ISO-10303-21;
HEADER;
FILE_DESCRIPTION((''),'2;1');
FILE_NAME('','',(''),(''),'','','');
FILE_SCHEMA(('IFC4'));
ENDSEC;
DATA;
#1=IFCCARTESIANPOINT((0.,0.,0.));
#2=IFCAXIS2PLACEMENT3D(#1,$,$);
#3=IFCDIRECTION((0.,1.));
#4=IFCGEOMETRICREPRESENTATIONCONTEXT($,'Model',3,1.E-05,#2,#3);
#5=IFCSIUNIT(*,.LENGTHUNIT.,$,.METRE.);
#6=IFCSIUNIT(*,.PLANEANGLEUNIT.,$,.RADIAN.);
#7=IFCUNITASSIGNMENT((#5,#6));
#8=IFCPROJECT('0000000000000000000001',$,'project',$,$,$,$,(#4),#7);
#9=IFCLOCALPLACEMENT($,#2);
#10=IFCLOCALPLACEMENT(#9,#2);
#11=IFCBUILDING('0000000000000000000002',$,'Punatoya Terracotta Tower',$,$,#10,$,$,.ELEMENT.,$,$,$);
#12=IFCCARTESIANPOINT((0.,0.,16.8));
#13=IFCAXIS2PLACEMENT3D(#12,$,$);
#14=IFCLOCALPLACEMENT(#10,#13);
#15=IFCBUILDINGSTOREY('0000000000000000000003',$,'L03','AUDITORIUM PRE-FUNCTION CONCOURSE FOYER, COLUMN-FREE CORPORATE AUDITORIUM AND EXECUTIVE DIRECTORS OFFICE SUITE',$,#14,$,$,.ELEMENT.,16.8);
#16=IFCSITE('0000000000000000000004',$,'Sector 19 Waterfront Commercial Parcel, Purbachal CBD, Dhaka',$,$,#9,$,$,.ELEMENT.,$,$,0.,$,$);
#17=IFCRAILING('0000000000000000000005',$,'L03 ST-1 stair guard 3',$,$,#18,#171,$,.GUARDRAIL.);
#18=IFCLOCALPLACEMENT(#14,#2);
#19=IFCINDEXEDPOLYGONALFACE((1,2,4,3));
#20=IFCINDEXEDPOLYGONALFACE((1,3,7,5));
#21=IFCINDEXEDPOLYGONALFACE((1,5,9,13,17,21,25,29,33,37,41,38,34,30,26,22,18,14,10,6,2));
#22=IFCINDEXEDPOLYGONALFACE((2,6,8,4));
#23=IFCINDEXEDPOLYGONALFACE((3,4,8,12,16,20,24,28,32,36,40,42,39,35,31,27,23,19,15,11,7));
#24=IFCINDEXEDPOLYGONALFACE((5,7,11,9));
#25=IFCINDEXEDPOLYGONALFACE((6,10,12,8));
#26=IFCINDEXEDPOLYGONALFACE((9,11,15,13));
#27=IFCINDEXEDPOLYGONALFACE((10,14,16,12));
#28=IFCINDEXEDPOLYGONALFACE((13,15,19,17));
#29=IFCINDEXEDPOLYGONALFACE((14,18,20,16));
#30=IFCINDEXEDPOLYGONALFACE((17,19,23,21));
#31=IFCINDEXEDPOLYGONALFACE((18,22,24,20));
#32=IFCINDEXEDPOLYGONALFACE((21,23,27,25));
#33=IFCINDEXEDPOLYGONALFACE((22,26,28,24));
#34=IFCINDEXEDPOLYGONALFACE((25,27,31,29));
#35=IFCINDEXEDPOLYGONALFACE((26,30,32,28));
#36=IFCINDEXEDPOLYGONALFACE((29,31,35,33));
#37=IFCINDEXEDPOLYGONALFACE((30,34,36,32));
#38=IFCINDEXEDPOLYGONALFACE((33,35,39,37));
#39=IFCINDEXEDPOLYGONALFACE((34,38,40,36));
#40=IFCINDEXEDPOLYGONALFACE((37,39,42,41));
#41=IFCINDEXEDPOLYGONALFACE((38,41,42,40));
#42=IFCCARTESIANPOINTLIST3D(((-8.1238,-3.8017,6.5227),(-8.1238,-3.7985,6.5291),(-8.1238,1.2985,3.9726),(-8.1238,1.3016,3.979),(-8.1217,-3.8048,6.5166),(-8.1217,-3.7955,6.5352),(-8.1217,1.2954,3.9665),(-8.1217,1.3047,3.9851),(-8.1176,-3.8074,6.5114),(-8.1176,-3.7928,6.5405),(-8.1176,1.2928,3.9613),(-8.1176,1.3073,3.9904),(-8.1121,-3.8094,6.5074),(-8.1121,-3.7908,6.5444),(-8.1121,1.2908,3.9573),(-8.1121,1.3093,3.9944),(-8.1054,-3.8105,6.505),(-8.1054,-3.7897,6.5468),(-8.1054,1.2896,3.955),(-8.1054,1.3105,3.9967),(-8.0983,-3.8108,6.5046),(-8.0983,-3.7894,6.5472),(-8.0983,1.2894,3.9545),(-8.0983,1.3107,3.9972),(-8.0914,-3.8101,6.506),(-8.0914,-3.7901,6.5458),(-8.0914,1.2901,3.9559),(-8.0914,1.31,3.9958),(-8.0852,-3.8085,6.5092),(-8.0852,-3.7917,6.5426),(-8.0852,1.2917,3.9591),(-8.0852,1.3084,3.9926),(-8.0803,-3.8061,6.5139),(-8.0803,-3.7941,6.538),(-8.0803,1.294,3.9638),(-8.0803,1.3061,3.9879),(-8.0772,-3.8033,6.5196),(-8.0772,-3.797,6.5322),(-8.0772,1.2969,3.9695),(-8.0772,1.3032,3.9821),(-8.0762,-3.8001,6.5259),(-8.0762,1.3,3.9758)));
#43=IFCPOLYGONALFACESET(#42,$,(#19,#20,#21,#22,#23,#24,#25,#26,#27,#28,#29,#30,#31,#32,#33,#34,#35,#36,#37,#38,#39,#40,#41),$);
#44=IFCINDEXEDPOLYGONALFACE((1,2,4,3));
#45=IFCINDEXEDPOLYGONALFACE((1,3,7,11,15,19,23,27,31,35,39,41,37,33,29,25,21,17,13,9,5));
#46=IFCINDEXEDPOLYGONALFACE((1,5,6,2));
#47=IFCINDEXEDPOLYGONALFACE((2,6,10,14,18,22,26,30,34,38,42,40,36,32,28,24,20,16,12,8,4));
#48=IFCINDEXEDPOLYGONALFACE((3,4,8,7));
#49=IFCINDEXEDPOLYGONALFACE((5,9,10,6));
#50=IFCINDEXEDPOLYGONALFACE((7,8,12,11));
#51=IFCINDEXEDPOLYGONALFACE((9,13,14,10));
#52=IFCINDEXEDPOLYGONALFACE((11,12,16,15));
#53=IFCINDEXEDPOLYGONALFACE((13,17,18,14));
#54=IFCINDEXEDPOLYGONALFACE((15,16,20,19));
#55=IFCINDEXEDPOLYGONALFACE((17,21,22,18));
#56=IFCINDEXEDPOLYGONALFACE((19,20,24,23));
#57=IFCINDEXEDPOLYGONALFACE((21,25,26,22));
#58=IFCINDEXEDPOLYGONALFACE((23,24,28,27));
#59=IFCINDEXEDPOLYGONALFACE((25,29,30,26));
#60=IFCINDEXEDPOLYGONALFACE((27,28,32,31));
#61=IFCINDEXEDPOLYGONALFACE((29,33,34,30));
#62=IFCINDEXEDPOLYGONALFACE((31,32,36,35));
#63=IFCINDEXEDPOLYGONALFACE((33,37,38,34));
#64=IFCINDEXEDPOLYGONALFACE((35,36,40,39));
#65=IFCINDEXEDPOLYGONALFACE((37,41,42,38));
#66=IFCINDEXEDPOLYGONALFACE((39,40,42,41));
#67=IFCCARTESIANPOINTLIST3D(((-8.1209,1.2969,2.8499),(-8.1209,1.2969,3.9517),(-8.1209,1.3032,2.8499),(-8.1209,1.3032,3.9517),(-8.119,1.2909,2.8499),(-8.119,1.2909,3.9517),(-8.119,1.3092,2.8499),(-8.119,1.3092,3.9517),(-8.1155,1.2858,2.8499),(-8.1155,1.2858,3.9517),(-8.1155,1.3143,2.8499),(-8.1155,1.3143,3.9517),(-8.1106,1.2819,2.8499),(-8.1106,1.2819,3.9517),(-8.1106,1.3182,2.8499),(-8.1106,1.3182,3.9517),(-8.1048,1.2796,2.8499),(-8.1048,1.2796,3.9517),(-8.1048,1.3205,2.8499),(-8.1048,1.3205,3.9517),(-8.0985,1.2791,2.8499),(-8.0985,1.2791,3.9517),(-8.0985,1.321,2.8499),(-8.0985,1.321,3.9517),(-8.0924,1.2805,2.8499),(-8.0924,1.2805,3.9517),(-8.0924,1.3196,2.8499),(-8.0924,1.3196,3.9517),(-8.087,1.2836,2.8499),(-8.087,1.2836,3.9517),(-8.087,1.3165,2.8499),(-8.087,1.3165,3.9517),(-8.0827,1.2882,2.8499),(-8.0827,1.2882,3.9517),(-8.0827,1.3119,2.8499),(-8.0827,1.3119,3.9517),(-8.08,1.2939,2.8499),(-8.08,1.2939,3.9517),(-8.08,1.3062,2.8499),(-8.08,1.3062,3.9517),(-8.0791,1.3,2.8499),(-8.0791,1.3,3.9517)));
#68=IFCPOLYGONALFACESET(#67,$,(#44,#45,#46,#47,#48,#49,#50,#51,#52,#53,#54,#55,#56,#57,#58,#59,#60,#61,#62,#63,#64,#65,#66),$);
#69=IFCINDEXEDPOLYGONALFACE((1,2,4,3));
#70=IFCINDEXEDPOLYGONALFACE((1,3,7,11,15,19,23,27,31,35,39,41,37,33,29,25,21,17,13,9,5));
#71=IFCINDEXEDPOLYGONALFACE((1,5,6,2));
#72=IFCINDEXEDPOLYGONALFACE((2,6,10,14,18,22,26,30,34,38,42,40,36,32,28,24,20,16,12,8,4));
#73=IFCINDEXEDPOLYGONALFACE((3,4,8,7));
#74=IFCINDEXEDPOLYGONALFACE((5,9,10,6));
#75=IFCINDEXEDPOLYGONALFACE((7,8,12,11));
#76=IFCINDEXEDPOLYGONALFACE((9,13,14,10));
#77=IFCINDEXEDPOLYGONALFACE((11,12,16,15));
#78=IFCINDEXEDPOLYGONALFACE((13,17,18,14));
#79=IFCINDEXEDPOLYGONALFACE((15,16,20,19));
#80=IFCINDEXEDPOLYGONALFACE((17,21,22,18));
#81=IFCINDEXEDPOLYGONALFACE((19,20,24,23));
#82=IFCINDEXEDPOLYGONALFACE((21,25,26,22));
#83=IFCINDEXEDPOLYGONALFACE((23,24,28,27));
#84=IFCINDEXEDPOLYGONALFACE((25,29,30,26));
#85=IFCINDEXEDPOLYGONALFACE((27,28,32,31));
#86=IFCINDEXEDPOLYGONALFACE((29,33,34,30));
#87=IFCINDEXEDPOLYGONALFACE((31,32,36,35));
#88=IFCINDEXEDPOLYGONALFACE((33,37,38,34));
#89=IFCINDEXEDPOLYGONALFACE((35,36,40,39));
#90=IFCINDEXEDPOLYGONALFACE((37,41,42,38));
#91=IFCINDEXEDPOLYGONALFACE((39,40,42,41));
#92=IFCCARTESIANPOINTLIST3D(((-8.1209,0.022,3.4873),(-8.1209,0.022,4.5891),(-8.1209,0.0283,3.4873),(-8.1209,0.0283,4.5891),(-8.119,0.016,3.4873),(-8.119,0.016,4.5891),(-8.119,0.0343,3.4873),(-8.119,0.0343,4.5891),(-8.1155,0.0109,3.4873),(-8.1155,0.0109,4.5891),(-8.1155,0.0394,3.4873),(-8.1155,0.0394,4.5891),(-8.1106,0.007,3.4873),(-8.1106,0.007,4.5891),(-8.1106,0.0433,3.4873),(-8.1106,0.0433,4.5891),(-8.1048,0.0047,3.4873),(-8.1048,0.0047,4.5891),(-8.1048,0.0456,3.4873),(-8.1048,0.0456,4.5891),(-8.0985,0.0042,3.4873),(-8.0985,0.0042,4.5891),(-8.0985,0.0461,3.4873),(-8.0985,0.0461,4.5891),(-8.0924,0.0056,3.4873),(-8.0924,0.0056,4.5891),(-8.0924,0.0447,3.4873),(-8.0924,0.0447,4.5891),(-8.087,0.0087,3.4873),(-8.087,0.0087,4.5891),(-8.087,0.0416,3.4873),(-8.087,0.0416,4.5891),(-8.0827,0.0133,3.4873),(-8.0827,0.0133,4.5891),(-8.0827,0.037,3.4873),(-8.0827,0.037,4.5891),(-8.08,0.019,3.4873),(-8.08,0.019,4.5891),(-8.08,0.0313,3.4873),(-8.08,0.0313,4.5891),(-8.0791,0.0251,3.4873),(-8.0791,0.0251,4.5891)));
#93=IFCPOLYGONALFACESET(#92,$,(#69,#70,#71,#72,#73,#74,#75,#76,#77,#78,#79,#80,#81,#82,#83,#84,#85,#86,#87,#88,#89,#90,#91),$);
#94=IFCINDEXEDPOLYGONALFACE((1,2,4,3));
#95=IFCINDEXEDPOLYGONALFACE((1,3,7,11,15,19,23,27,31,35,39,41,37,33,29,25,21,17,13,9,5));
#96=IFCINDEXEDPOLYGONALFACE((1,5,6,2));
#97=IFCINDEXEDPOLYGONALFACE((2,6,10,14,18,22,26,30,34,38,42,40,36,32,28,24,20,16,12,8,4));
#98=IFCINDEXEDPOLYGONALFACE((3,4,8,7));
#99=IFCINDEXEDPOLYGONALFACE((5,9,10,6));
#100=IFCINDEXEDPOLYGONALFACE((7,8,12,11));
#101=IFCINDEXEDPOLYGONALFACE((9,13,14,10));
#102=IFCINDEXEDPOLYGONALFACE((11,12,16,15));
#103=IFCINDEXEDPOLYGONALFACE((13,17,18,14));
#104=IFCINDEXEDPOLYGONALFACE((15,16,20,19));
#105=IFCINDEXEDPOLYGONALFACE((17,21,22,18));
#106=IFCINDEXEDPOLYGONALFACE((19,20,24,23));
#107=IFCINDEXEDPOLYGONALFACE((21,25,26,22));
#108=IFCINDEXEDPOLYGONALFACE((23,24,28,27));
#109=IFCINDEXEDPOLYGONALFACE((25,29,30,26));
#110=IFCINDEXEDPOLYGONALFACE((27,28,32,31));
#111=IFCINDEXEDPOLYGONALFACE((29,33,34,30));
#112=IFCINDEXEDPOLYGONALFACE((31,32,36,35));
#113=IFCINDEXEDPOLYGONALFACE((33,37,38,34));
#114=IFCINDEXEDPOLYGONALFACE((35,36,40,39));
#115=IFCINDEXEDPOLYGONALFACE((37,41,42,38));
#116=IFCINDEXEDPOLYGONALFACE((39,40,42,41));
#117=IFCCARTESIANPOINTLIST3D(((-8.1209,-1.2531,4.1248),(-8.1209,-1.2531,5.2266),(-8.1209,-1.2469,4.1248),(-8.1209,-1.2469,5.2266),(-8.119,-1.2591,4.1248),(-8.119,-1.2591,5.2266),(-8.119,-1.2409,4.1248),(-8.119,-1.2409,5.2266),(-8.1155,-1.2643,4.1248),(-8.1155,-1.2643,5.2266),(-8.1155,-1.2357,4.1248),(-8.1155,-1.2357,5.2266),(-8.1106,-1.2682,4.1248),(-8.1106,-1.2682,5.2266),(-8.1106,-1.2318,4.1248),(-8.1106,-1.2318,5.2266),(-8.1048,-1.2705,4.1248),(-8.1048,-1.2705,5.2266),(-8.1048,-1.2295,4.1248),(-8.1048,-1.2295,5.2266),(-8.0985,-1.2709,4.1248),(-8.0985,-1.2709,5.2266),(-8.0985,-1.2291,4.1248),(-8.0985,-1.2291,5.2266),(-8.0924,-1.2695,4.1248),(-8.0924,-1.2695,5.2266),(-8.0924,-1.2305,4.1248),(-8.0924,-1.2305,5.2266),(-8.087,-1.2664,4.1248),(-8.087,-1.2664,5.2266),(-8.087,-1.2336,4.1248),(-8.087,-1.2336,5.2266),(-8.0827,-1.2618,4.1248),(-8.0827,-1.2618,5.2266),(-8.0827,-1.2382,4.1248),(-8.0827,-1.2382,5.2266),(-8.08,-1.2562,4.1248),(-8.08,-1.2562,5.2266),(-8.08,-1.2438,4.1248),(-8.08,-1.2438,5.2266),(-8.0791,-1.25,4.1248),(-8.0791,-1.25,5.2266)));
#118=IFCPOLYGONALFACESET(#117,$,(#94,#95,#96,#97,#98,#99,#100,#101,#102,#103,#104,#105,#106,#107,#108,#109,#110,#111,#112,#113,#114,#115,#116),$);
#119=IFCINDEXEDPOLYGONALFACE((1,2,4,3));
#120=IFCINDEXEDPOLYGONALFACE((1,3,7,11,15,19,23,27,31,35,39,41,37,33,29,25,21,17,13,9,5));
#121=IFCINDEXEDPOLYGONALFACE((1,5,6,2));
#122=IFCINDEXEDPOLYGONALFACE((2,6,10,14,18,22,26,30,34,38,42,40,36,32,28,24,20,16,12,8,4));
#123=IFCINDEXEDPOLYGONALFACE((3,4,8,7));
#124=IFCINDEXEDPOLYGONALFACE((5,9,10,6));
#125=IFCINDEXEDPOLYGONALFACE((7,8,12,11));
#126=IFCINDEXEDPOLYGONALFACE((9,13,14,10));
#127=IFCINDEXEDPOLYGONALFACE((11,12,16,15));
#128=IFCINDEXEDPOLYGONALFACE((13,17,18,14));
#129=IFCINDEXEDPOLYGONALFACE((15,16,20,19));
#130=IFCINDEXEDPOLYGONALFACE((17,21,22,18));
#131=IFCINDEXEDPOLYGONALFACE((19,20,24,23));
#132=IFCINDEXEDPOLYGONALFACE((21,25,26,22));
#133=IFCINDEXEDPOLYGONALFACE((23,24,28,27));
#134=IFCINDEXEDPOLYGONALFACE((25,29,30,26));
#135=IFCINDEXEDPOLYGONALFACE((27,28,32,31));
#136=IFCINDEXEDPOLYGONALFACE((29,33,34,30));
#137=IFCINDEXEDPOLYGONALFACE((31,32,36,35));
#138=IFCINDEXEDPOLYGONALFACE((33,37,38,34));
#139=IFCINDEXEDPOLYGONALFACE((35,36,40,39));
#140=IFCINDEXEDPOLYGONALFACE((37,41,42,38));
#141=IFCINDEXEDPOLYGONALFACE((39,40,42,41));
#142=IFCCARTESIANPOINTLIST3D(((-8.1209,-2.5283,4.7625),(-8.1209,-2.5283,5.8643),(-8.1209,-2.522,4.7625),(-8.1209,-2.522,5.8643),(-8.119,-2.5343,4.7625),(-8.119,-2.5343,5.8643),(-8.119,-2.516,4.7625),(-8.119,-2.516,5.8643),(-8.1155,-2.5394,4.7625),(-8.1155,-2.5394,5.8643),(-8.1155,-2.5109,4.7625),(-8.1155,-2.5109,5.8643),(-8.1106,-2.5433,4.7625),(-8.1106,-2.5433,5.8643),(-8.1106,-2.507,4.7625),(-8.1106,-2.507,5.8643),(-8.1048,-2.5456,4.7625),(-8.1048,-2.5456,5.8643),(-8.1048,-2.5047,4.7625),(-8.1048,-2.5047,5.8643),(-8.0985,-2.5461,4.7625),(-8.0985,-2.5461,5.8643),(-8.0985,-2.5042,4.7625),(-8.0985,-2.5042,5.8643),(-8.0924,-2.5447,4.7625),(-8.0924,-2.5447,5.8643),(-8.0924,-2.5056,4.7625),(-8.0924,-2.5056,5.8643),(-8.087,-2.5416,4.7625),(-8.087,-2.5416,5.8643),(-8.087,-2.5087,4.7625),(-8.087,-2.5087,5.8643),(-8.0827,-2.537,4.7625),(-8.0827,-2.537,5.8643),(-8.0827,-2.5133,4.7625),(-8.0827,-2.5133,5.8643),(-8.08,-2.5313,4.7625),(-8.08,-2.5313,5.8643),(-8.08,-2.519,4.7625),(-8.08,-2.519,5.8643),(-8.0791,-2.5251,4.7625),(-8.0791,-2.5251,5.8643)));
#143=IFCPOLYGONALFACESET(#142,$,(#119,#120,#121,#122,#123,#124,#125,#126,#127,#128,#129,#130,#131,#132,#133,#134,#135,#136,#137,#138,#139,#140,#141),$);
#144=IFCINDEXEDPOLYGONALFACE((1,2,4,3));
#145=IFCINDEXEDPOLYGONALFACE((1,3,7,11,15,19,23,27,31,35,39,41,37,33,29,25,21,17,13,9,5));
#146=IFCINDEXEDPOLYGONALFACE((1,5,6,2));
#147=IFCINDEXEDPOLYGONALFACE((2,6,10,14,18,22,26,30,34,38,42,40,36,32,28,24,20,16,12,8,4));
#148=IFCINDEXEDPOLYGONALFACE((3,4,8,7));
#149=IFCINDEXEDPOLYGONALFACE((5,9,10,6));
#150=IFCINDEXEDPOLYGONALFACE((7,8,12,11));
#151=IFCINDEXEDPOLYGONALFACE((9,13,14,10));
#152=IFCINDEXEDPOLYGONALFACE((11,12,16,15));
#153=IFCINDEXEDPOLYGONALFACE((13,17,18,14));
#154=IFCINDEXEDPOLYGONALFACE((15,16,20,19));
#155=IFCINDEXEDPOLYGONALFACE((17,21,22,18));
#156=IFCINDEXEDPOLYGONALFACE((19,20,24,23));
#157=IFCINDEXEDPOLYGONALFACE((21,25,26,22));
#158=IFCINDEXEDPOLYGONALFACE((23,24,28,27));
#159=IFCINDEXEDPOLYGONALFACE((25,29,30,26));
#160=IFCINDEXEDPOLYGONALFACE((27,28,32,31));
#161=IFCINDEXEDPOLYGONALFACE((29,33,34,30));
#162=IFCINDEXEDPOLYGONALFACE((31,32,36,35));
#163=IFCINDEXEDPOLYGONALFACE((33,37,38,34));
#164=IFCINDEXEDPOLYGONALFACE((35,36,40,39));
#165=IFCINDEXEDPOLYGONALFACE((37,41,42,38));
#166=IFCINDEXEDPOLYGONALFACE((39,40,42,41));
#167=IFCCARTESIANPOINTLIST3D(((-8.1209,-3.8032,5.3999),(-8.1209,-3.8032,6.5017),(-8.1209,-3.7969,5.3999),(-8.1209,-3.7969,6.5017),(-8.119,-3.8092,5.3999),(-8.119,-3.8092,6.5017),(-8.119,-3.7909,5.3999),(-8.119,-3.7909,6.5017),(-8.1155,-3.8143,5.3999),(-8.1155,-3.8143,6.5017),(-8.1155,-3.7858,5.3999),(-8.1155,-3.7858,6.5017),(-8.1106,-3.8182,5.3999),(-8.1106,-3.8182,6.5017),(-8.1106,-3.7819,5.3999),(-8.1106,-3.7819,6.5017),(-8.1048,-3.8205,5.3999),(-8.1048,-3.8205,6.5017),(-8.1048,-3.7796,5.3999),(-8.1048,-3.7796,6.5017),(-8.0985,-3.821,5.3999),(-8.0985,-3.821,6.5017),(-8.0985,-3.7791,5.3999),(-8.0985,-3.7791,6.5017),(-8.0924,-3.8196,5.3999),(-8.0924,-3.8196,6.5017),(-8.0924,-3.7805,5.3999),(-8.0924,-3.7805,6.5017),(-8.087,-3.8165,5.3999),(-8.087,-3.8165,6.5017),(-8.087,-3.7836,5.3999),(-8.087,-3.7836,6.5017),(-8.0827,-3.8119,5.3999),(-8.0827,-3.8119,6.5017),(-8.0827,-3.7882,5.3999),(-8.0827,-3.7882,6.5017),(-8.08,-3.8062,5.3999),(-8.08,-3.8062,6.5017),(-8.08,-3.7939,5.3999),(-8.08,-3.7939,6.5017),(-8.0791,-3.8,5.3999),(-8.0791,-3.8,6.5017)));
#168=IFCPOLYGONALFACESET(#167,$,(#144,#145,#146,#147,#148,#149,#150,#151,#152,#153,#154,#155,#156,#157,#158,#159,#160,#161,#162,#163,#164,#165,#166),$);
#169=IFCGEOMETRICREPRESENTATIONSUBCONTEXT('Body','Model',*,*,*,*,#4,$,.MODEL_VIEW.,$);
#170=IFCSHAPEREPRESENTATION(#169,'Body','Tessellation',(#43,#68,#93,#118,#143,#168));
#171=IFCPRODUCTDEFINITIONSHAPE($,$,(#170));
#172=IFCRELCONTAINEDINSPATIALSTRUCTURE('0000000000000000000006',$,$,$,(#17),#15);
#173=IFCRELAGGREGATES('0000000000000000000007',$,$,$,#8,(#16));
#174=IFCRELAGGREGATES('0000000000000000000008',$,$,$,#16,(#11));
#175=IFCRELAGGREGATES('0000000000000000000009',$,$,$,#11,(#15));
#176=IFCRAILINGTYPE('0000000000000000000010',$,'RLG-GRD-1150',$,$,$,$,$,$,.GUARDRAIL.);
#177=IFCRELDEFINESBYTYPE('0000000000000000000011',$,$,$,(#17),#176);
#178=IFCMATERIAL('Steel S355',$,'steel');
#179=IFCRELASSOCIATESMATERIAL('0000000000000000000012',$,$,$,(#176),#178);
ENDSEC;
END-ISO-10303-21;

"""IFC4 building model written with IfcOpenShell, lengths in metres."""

from ifc_helpers import new_model, si_unit, direction, frame, origin, origin_2d, place, context, subcontext, project, spatial, circle, extrude, material, type_object, element, save


model = new_model("IFC4")

# Units and contexts
model_context = context("Model", 3, precision=1e-05, world=origin(), true_north=direction((0.0, 1.0)))
body_context = subcontext(model_context, "Body", "Model", "MODEL_VIEW")
ifc_project = project(units=[si_unit("LENGTHUNIT", "METRE"), si_unit("PLANEANGLEUNIT", "RADIAN")], contexts=[model_context])

# Site, building, storey
site_placement = place(None, origin())
site = spatial("IfcSite", under=ifc_project, at=site_placement, Name="Sector 19 Waterfront Commercial Parcel, Purbachal CBD, Dhaka", CompositionType="ELEMENT", RefElevation=0.0)
building_placement = place(site_placement, origin())
building = spatial("IfcBuilding", under=site, at=building_placement, Name="Punatoya Terracotta Tower", CompositionType="ELEMENT")
storey_placement = place(building_placement, frame((0.0, 0.0, 16.8)))
storey = spatial("IfcBuildingStorey", under=building, at=storey_placement, Name="L03", Description="AUDITORIUM PRE-FUNCTION CONCOURSE FOYER, COLUMN-FREE CORPORATE AUDITORIUM AND EXECUTIVE DIRECTORS OFFICE SUITE", CompositionType="ELEMENT", Elevation=16.8)

# Shared definitions
ifc_material_1 = material(Name="Steel S355", Category="steel")

# Railing
railing_type_1 = type_object("IfcRailingType", Name="RLG-GRD-1150", PredefinedType="GUARDRAIL", material=ifc_material_1)
railing_1_placement = place(storey_placement, frame((-8.1001, 1.3, 2.8499)))
element("IfcRailing", 1, at=railing_1_placement, inside=storey, type_object=railing_type_1, Name="L03 ST-1 stair guard 3", PredefinedType="GUARDRAIL", context=body_context, shape_type="SweptSolid", body=[
    extrude(circle(Radius=0.0239, at=origin_2d()), frame((0.0, 0.0, 1.126), z_axis=(0.0, -0.894427, 0.447214), x_axis=(1.0, 0.0, 0.0)), (0.0, 0.0, 1.0), 5.7021),
    extrude(circle(Radius=0.021, at=origin_2d()), origin(), (0.0, 0.0, 1.0), 1.1018),
    extrude(circle(Radius=0.021, at=origin_2d()), frame((0.0, -1.2749, 0.6375)), (0.0, 0.0, 1.0), 1.1018),
    extrude(circle(Radius=0.021, at=origin_2d()), frame((0.0, -2.55, 1.2749)), (0.0, 0.0, 1.0), 1.1018),
    extrude(circle(Radius=0.021, at=origin_2d()), frame((0.0, -3.8252, 1.9126)), (0.0, 0.0, 1.0), 1.1018),
    extrude(circle(Radius=0.021, at=origin_2d()), frame((0.0, -5.1001, 2.55)), (0.0, 0.0, 1.0), 1.1018),
])

save(model, "model.ifc")
